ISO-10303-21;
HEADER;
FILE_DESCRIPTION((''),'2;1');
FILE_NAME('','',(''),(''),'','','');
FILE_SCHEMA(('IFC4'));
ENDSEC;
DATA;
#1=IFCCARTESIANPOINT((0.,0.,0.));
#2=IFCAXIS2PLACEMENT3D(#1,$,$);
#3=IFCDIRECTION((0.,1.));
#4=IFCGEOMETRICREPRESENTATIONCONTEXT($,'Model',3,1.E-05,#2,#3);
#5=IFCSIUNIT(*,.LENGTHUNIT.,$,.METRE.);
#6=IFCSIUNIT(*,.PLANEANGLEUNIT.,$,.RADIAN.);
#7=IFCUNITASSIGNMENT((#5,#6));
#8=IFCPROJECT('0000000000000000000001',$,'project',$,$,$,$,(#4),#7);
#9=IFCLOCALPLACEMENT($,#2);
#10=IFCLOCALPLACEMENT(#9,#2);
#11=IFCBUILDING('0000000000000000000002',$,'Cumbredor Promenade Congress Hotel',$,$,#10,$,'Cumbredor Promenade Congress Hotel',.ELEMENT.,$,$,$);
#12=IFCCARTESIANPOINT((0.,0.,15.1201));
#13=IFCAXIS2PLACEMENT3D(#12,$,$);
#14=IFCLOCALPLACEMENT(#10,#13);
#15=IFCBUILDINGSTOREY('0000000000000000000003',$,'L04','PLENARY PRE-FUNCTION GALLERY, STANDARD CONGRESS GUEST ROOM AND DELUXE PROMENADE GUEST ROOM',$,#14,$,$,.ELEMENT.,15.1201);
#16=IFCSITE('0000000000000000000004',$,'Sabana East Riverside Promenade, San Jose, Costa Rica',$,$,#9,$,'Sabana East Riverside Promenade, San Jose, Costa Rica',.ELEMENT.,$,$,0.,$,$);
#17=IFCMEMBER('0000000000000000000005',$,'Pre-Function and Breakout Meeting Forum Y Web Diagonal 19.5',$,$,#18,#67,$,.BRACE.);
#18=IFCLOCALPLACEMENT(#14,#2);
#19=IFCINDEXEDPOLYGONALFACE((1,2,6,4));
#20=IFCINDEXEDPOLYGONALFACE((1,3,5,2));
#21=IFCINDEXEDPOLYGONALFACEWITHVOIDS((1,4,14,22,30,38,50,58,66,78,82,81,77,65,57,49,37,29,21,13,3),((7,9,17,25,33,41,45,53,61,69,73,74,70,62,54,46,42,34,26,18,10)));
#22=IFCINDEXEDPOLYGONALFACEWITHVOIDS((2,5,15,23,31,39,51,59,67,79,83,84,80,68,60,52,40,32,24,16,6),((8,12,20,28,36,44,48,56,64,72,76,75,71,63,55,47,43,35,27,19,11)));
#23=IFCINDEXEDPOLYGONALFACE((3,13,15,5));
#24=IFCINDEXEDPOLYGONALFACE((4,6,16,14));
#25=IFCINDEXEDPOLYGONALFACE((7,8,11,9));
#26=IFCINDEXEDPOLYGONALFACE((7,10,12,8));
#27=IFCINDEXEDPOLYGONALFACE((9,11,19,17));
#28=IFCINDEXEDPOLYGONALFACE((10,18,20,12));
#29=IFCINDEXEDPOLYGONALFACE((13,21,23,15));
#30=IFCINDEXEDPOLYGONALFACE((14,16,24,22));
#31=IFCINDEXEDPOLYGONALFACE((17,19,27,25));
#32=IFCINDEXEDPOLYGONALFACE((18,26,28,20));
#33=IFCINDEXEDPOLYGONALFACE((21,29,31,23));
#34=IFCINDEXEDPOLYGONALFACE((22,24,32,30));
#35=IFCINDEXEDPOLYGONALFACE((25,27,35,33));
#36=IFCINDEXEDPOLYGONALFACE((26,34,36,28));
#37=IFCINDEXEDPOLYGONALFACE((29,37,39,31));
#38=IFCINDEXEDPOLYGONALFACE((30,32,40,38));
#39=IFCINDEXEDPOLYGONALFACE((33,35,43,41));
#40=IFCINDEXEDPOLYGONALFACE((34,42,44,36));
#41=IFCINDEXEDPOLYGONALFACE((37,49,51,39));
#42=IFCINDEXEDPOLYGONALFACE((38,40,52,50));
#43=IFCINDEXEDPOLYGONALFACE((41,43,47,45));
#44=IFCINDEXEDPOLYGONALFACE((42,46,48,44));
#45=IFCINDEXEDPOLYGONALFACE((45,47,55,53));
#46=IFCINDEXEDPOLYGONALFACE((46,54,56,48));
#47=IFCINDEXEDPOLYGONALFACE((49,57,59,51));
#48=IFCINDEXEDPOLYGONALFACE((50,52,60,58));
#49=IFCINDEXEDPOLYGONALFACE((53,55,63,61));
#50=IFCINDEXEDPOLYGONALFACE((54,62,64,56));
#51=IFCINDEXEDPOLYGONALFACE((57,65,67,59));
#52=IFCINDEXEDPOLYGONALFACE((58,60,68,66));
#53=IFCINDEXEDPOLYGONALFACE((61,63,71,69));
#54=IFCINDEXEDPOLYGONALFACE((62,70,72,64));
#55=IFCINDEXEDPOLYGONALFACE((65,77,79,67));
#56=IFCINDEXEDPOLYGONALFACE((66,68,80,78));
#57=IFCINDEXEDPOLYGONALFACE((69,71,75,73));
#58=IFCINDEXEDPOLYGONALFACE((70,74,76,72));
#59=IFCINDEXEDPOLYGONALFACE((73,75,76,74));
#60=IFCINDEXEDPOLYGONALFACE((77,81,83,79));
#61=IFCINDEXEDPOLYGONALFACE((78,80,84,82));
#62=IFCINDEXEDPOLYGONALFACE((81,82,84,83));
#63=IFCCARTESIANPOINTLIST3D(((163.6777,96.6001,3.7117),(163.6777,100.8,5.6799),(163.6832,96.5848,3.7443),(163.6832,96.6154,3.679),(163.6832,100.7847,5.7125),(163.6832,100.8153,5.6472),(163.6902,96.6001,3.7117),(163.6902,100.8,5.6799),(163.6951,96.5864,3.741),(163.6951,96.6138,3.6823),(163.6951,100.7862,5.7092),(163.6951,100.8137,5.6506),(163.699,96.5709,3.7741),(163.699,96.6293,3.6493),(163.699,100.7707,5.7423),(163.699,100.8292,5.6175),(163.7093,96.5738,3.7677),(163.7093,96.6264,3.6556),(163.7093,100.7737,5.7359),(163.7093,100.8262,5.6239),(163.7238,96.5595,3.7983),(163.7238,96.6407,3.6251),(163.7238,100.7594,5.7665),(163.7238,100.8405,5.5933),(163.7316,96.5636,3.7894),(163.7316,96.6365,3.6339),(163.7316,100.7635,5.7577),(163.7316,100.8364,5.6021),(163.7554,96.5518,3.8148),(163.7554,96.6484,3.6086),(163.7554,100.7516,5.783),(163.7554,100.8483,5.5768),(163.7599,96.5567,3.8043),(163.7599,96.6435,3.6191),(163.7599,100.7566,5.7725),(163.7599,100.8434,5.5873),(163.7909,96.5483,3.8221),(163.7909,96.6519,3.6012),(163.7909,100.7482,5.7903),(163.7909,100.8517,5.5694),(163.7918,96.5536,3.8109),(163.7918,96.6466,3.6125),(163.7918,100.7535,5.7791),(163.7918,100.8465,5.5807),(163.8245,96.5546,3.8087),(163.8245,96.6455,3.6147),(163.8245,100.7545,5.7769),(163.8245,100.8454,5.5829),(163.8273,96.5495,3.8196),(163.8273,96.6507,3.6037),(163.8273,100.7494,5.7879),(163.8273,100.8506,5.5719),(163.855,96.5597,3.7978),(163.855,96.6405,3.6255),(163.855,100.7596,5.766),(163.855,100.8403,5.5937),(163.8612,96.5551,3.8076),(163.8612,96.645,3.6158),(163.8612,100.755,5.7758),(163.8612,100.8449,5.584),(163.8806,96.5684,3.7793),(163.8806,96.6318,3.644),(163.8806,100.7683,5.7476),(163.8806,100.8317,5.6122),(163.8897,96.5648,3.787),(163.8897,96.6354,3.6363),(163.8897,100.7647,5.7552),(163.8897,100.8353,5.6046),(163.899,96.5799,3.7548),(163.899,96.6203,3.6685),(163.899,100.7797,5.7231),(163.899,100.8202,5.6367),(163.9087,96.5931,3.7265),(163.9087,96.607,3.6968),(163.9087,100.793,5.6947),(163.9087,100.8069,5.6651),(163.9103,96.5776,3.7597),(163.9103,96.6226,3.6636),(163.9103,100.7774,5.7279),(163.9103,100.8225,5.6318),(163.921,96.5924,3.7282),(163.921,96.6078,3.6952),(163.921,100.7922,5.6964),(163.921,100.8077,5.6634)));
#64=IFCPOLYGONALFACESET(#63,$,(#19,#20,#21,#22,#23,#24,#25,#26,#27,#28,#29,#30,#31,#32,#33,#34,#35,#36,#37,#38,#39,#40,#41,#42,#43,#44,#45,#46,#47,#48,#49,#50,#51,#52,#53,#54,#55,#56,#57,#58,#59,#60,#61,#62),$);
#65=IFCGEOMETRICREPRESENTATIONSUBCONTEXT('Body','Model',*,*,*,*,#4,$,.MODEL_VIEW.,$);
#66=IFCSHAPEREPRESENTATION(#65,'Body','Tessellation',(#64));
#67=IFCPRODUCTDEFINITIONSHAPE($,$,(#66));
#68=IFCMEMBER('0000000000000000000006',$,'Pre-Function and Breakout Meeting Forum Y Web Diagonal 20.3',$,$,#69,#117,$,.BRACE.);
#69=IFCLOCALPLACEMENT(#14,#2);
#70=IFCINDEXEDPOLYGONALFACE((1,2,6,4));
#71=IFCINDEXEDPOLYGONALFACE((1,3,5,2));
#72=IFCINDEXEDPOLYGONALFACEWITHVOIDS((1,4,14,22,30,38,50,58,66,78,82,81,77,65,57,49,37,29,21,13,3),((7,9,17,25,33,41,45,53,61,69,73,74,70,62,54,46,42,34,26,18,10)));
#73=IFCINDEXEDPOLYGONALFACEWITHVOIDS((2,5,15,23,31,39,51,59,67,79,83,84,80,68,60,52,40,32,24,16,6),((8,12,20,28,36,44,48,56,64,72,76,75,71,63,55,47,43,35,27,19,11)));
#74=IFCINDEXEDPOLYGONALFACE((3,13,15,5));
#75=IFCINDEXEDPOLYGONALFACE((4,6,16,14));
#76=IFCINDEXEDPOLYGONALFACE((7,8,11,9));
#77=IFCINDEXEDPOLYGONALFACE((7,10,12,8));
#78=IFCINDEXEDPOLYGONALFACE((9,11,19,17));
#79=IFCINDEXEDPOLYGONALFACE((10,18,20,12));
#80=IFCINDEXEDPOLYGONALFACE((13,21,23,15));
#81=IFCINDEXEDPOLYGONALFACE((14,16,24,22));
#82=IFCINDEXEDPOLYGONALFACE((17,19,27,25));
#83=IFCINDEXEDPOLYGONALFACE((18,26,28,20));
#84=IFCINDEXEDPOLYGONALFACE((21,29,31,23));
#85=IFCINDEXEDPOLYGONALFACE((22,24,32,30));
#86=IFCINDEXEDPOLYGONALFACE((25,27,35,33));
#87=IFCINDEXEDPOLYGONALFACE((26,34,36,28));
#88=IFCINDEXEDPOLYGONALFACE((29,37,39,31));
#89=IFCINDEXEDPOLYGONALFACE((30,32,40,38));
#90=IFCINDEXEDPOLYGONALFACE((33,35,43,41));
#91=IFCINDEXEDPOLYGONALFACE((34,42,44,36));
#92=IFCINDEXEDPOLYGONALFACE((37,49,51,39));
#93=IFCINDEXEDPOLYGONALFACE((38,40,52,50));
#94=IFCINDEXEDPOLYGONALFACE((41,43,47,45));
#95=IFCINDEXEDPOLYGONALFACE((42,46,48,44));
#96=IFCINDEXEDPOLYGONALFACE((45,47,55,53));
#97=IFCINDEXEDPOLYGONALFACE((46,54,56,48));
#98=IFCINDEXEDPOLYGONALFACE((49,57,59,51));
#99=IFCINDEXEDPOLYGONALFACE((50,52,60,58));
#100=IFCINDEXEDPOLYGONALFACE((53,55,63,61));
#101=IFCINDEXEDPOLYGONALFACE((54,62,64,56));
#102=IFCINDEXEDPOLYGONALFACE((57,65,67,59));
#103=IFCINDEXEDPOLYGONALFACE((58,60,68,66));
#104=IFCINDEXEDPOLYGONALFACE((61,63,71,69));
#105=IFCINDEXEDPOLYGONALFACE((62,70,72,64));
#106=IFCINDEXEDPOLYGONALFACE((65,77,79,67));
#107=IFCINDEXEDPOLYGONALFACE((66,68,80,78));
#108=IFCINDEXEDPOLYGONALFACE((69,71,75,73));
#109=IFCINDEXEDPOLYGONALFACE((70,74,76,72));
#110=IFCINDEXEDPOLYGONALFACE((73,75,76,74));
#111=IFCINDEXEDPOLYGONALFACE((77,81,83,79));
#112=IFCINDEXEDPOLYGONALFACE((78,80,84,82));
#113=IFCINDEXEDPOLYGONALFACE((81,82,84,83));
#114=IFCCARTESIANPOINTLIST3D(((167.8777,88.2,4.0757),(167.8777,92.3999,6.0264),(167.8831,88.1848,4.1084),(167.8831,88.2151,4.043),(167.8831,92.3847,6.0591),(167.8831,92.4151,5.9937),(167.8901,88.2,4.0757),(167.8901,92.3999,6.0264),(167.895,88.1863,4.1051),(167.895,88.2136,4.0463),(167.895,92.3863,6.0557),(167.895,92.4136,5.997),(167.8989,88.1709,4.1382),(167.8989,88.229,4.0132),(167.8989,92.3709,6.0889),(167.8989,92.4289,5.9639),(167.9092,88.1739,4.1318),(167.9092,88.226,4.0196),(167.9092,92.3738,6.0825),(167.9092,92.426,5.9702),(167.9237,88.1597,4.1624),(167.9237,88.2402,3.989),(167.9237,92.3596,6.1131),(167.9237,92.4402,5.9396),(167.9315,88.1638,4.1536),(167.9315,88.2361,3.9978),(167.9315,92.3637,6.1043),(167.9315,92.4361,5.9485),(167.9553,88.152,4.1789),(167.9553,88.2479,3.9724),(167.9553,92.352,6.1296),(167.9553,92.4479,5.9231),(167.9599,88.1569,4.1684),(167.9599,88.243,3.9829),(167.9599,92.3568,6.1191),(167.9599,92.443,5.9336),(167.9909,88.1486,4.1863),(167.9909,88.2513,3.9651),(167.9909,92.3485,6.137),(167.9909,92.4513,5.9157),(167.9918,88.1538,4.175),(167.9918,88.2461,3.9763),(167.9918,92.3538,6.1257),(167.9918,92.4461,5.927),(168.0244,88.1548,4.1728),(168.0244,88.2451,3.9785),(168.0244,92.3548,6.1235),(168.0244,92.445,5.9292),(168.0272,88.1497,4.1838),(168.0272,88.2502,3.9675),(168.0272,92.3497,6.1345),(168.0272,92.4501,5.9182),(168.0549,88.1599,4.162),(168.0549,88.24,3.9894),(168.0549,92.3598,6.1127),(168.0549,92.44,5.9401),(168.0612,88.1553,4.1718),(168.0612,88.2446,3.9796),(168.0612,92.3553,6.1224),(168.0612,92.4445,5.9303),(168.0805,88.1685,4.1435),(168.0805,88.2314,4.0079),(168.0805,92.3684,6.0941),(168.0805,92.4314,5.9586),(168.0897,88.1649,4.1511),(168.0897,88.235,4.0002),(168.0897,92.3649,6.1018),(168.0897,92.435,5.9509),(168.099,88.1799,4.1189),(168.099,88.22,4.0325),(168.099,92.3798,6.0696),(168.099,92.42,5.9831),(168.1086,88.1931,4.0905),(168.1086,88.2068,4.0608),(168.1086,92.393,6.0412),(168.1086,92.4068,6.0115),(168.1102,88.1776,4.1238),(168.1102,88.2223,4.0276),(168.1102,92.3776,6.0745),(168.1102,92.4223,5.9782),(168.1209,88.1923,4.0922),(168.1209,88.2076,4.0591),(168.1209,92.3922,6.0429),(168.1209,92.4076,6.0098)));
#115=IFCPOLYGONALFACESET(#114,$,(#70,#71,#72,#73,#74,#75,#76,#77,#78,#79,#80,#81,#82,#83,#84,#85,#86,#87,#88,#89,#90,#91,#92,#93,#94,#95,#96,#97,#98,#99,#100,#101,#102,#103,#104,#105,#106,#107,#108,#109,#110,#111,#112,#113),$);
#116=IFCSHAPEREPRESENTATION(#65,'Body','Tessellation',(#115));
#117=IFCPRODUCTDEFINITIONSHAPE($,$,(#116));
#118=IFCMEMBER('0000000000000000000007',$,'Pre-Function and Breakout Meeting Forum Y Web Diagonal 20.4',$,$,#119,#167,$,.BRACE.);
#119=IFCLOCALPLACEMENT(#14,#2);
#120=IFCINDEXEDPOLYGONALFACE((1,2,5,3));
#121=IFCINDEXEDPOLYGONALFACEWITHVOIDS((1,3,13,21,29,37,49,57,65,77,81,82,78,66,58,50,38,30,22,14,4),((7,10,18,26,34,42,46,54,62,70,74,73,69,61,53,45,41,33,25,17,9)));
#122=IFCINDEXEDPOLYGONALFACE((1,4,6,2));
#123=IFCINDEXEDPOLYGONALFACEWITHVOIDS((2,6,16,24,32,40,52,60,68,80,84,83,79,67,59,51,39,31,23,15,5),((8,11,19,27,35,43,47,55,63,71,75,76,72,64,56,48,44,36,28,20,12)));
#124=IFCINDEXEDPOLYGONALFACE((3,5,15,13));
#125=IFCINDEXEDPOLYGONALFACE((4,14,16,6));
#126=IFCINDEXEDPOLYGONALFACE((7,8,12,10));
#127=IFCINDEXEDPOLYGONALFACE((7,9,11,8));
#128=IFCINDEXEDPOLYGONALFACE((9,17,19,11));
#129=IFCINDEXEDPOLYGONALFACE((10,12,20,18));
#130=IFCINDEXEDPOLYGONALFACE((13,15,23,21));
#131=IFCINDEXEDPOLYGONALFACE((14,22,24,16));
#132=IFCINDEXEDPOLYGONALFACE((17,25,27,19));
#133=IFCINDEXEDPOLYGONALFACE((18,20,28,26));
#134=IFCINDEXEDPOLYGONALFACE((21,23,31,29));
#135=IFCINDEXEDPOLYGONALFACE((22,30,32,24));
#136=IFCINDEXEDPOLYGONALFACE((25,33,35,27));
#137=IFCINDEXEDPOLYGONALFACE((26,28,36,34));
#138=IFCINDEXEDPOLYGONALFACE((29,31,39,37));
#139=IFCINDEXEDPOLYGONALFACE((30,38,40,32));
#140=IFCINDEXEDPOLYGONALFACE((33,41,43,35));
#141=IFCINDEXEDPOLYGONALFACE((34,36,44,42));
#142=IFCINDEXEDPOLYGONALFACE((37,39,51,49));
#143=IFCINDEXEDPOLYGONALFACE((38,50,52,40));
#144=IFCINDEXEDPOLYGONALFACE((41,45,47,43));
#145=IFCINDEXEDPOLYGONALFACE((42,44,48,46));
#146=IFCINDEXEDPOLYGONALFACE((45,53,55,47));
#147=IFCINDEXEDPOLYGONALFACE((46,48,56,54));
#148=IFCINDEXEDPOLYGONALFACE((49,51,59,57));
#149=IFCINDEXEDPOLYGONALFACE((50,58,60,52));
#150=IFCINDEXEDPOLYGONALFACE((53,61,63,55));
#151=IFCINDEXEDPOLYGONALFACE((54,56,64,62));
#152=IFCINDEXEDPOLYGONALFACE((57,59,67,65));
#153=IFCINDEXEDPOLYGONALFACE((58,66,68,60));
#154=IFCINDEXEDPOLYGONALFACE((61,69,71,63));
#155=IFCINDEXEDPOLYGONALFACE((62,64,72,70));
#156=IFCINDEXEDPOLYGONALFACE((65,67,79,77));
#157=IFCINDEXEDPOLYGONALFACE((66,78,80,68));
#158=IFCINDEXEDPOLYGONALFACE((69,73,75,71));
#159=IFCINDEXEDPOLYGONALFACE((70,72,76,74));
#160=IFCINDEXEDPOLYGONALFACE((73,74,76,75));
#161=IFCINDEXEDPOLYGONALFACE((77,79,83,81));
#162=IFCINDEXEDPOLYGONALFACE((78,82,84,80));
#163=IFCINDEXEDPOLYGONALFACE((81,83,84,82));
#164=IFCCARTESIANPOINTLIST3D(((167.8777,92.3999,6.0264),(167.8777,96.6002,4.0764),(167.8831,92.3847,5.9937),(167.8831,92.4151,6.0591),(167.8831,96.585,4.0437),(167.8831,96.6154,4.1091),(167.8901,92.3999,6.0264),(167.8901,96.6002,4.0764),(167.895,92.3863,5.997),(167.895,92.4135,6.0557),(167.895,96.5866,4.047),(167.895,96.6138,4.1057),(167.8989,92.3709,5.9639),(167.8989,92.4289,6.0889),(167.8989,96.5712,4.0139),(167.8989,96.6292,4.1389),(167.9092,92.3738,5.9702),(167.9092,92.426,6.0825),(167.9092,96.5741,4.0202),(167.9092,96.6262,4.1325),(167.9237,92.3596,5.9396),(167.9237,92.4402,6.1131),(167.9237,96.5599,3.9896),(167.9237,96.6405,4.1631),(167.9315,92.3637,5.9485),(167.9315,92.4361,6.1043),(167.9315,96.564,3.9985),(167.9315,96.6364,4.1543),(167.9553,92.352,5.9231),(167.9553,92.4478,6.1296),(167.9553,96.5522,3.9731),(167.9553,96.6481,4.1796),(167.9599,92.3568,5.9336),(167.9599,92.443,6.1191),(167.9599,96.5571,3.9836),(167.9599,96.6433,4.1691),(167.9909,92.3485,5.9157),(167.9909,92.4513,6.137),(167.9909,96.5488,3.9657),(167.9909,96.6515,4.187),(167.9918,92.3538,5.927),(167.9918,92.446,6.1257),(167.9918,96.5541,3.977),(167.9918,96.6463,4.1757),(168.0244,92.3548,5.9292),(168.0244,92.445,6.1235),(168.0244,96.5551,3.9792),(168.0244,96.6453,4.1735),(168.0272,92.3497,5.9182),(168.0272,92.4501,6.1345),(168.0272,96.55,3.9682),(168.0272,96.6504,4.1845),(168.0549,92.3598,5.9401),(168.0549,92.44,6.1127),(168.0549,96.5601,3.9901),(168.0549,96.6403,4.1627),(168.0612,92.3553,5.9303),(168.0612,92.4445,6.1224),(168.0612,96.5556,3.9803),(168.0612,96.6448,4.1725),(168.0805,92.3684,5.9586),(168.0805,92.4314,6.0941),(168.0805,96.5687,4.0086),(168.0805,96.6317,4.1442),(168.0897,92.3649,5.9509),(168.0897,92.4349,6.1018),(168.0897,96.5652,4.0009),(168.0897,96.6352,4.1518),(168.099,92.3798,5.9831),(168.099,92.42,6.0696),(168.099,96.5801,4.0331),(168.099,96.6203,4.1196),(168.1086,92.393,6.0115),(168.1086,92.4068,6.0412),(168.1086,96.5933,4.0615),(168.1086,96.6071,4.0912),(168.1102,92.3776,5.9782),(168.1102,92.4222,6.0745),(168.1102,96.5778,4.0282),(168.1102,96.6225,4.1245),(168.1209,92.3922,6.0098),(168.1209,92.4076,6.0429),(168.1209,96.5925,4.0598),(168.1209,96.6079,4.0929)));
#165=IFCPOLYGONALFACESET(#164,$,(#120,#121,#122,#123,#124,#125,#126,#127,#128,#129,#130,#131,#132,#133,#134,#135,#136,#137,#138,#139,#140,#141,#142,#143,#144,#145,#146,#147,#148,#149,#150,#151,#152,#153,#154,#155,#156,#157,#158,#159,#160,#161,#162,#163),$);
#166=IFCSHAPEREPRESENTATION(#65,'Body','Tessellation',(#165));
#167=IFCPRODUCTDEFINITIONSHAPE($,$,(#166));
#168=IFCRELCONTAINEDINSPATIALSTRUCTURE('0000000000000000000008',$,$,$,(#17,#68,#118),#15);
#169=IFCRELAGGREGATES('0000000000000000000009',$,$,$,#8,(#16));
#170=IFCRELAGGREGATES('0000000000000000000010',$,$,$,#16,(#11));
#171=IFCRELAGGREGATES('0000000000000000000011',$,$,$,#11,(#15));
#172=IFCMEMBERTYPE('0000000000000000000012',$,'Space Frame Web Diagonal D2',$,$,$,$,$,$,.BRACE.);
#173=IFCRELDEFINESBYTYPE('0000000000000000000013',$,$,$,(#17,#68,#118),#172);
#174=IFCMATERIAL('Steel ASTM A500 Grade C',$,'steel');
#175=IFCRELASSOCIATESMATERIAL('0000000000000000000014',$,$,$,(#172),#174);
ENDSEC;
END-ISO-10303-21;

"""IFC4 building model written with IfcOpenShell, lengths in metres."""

from ifc_helpers import new_model, si_unit, direction, frame, origin, origin_2d, place, context, subcontext, project, spatial, hollow_circle, extrude, material, material_profile, profile_set, type_object, element, save


model = new_model("IFC4")

# Units and contexts
model_context = context("Model", 3, precision=1e-05, world=origin(), true_north=direction((0.0, 1.0)))
body_context = subcontext(model_context, "Body", "Model", "MODEL_VIEW")
ifc_project = project(units=[si_unit("LENGTHUNIT", "METRE"), si_unit("PLANEANGLEUNIT", "RADIAN")], contexts=[model_context])

# Site, building, storey
site_placement = place(None, origin())
site = spatial("IfcSite", under=ifc_project, at=site_placement, Name="Sabana East Riverside Promenade, San Jose, Costa Rica", LongName="Sabana East Riverside Promenade, San Jose, Costa Rica", CompositionType="ELEMENT", RefElevation=0.0)
building_placement = place(site_placement, origin())
building = spatial("IfcBuilding", under=site, at=building_placement, Name="Cumbredor Promenade Congress Hotel", LongName="Cumbredor Promenade Congress Hotel", CompositionType="ELEMENT")
storey_placement = place(building_placement, frame((0.0, 0.0, 15.1201)))
storey = spatial("IfcBuildingStorey", under=building, at=storey_placement, Name="L04", Description="PLENARY PRE-FUNCTION GALLERY, STANDARD CONGRESS GUEST ROOM AND DELUXE PROMENADE GUEST ROOM", CompositionType="ELEMENT", Elevation=15.1201)

# Members
ifc_material_1 = material(Name="Steel ASTM A500 Grade C", Category="steel")
ifc_material_profile_1 = material_profile(ifc_material_1, hollow_circle(Radius=0.1223, WallThickness=0.0125, at=origin_2d()), Name="CHS 244.5x12.5")
ifc_profile_set_1 = profile_set([ifc_material_profile_1], Name="Steel ASTM A500 Grade C")
member_type_1 = type_object("IfcMemberType", Name="Space Frame Web Diagonal D2", PredefinedType="BRACE", material=ifc_profile_set_1)
member_1_placement = place(storey_placement, frame((163.8, 96.6001, 3.7117), z_axis=(0.0, 0.905497, 0.424352), x_axis=(-1.0, 0.0, 0.0)))
element("IfcMember", 1, at=member_1_placement, inside=storey, type_object=member_type_1, Name="Pre-Function and Breakout Meeting Forum Y Web Diagonal 19.5", PredefinedType="BRACE", context=body_context, shape_type="SweptSolid", body=[
    extrude(hollow_circle(Radius=0.1223, WallThickness=0.0125, at=origin_2d()), origin(), (0.0, 0.0, 1.0), 4.6382),
])
for number, where, z_axis, x_axis, name in (
    (2, (168.0, 88.2, 4.0757), (0.0, 0.906951, 0.421237), (-1.0, 0.0, 0.0), "Pre-Function and Breakout Meeting Forum Y Web Diagonal 20.3"),
    (3, (168.0, 92.3999, 6.0264), (0.0, 0.90702, -0.421087), (-1.0, 0.0, 0.0), "Pre-Function and Breakout Meeting Forum Y Web Diagonal 20.4"),
):
    element("IfcMember", number, at=place(storey_placement, frame(where, z_axis=z_axis, x_axis=x_axis)), inside=storey, type_object=member_type_1, Name=name, PredefinedType="BRACE", context=body_context, shape_type="SweptSolid", body=[
        extrude(hollow_circle(Radius=0.1223, WallThickness=0.0125, at=origin_2d()), origin(), (0.0, 0.0, 1.0), 4.6309),
    ])

save(model, "model.ifc")
